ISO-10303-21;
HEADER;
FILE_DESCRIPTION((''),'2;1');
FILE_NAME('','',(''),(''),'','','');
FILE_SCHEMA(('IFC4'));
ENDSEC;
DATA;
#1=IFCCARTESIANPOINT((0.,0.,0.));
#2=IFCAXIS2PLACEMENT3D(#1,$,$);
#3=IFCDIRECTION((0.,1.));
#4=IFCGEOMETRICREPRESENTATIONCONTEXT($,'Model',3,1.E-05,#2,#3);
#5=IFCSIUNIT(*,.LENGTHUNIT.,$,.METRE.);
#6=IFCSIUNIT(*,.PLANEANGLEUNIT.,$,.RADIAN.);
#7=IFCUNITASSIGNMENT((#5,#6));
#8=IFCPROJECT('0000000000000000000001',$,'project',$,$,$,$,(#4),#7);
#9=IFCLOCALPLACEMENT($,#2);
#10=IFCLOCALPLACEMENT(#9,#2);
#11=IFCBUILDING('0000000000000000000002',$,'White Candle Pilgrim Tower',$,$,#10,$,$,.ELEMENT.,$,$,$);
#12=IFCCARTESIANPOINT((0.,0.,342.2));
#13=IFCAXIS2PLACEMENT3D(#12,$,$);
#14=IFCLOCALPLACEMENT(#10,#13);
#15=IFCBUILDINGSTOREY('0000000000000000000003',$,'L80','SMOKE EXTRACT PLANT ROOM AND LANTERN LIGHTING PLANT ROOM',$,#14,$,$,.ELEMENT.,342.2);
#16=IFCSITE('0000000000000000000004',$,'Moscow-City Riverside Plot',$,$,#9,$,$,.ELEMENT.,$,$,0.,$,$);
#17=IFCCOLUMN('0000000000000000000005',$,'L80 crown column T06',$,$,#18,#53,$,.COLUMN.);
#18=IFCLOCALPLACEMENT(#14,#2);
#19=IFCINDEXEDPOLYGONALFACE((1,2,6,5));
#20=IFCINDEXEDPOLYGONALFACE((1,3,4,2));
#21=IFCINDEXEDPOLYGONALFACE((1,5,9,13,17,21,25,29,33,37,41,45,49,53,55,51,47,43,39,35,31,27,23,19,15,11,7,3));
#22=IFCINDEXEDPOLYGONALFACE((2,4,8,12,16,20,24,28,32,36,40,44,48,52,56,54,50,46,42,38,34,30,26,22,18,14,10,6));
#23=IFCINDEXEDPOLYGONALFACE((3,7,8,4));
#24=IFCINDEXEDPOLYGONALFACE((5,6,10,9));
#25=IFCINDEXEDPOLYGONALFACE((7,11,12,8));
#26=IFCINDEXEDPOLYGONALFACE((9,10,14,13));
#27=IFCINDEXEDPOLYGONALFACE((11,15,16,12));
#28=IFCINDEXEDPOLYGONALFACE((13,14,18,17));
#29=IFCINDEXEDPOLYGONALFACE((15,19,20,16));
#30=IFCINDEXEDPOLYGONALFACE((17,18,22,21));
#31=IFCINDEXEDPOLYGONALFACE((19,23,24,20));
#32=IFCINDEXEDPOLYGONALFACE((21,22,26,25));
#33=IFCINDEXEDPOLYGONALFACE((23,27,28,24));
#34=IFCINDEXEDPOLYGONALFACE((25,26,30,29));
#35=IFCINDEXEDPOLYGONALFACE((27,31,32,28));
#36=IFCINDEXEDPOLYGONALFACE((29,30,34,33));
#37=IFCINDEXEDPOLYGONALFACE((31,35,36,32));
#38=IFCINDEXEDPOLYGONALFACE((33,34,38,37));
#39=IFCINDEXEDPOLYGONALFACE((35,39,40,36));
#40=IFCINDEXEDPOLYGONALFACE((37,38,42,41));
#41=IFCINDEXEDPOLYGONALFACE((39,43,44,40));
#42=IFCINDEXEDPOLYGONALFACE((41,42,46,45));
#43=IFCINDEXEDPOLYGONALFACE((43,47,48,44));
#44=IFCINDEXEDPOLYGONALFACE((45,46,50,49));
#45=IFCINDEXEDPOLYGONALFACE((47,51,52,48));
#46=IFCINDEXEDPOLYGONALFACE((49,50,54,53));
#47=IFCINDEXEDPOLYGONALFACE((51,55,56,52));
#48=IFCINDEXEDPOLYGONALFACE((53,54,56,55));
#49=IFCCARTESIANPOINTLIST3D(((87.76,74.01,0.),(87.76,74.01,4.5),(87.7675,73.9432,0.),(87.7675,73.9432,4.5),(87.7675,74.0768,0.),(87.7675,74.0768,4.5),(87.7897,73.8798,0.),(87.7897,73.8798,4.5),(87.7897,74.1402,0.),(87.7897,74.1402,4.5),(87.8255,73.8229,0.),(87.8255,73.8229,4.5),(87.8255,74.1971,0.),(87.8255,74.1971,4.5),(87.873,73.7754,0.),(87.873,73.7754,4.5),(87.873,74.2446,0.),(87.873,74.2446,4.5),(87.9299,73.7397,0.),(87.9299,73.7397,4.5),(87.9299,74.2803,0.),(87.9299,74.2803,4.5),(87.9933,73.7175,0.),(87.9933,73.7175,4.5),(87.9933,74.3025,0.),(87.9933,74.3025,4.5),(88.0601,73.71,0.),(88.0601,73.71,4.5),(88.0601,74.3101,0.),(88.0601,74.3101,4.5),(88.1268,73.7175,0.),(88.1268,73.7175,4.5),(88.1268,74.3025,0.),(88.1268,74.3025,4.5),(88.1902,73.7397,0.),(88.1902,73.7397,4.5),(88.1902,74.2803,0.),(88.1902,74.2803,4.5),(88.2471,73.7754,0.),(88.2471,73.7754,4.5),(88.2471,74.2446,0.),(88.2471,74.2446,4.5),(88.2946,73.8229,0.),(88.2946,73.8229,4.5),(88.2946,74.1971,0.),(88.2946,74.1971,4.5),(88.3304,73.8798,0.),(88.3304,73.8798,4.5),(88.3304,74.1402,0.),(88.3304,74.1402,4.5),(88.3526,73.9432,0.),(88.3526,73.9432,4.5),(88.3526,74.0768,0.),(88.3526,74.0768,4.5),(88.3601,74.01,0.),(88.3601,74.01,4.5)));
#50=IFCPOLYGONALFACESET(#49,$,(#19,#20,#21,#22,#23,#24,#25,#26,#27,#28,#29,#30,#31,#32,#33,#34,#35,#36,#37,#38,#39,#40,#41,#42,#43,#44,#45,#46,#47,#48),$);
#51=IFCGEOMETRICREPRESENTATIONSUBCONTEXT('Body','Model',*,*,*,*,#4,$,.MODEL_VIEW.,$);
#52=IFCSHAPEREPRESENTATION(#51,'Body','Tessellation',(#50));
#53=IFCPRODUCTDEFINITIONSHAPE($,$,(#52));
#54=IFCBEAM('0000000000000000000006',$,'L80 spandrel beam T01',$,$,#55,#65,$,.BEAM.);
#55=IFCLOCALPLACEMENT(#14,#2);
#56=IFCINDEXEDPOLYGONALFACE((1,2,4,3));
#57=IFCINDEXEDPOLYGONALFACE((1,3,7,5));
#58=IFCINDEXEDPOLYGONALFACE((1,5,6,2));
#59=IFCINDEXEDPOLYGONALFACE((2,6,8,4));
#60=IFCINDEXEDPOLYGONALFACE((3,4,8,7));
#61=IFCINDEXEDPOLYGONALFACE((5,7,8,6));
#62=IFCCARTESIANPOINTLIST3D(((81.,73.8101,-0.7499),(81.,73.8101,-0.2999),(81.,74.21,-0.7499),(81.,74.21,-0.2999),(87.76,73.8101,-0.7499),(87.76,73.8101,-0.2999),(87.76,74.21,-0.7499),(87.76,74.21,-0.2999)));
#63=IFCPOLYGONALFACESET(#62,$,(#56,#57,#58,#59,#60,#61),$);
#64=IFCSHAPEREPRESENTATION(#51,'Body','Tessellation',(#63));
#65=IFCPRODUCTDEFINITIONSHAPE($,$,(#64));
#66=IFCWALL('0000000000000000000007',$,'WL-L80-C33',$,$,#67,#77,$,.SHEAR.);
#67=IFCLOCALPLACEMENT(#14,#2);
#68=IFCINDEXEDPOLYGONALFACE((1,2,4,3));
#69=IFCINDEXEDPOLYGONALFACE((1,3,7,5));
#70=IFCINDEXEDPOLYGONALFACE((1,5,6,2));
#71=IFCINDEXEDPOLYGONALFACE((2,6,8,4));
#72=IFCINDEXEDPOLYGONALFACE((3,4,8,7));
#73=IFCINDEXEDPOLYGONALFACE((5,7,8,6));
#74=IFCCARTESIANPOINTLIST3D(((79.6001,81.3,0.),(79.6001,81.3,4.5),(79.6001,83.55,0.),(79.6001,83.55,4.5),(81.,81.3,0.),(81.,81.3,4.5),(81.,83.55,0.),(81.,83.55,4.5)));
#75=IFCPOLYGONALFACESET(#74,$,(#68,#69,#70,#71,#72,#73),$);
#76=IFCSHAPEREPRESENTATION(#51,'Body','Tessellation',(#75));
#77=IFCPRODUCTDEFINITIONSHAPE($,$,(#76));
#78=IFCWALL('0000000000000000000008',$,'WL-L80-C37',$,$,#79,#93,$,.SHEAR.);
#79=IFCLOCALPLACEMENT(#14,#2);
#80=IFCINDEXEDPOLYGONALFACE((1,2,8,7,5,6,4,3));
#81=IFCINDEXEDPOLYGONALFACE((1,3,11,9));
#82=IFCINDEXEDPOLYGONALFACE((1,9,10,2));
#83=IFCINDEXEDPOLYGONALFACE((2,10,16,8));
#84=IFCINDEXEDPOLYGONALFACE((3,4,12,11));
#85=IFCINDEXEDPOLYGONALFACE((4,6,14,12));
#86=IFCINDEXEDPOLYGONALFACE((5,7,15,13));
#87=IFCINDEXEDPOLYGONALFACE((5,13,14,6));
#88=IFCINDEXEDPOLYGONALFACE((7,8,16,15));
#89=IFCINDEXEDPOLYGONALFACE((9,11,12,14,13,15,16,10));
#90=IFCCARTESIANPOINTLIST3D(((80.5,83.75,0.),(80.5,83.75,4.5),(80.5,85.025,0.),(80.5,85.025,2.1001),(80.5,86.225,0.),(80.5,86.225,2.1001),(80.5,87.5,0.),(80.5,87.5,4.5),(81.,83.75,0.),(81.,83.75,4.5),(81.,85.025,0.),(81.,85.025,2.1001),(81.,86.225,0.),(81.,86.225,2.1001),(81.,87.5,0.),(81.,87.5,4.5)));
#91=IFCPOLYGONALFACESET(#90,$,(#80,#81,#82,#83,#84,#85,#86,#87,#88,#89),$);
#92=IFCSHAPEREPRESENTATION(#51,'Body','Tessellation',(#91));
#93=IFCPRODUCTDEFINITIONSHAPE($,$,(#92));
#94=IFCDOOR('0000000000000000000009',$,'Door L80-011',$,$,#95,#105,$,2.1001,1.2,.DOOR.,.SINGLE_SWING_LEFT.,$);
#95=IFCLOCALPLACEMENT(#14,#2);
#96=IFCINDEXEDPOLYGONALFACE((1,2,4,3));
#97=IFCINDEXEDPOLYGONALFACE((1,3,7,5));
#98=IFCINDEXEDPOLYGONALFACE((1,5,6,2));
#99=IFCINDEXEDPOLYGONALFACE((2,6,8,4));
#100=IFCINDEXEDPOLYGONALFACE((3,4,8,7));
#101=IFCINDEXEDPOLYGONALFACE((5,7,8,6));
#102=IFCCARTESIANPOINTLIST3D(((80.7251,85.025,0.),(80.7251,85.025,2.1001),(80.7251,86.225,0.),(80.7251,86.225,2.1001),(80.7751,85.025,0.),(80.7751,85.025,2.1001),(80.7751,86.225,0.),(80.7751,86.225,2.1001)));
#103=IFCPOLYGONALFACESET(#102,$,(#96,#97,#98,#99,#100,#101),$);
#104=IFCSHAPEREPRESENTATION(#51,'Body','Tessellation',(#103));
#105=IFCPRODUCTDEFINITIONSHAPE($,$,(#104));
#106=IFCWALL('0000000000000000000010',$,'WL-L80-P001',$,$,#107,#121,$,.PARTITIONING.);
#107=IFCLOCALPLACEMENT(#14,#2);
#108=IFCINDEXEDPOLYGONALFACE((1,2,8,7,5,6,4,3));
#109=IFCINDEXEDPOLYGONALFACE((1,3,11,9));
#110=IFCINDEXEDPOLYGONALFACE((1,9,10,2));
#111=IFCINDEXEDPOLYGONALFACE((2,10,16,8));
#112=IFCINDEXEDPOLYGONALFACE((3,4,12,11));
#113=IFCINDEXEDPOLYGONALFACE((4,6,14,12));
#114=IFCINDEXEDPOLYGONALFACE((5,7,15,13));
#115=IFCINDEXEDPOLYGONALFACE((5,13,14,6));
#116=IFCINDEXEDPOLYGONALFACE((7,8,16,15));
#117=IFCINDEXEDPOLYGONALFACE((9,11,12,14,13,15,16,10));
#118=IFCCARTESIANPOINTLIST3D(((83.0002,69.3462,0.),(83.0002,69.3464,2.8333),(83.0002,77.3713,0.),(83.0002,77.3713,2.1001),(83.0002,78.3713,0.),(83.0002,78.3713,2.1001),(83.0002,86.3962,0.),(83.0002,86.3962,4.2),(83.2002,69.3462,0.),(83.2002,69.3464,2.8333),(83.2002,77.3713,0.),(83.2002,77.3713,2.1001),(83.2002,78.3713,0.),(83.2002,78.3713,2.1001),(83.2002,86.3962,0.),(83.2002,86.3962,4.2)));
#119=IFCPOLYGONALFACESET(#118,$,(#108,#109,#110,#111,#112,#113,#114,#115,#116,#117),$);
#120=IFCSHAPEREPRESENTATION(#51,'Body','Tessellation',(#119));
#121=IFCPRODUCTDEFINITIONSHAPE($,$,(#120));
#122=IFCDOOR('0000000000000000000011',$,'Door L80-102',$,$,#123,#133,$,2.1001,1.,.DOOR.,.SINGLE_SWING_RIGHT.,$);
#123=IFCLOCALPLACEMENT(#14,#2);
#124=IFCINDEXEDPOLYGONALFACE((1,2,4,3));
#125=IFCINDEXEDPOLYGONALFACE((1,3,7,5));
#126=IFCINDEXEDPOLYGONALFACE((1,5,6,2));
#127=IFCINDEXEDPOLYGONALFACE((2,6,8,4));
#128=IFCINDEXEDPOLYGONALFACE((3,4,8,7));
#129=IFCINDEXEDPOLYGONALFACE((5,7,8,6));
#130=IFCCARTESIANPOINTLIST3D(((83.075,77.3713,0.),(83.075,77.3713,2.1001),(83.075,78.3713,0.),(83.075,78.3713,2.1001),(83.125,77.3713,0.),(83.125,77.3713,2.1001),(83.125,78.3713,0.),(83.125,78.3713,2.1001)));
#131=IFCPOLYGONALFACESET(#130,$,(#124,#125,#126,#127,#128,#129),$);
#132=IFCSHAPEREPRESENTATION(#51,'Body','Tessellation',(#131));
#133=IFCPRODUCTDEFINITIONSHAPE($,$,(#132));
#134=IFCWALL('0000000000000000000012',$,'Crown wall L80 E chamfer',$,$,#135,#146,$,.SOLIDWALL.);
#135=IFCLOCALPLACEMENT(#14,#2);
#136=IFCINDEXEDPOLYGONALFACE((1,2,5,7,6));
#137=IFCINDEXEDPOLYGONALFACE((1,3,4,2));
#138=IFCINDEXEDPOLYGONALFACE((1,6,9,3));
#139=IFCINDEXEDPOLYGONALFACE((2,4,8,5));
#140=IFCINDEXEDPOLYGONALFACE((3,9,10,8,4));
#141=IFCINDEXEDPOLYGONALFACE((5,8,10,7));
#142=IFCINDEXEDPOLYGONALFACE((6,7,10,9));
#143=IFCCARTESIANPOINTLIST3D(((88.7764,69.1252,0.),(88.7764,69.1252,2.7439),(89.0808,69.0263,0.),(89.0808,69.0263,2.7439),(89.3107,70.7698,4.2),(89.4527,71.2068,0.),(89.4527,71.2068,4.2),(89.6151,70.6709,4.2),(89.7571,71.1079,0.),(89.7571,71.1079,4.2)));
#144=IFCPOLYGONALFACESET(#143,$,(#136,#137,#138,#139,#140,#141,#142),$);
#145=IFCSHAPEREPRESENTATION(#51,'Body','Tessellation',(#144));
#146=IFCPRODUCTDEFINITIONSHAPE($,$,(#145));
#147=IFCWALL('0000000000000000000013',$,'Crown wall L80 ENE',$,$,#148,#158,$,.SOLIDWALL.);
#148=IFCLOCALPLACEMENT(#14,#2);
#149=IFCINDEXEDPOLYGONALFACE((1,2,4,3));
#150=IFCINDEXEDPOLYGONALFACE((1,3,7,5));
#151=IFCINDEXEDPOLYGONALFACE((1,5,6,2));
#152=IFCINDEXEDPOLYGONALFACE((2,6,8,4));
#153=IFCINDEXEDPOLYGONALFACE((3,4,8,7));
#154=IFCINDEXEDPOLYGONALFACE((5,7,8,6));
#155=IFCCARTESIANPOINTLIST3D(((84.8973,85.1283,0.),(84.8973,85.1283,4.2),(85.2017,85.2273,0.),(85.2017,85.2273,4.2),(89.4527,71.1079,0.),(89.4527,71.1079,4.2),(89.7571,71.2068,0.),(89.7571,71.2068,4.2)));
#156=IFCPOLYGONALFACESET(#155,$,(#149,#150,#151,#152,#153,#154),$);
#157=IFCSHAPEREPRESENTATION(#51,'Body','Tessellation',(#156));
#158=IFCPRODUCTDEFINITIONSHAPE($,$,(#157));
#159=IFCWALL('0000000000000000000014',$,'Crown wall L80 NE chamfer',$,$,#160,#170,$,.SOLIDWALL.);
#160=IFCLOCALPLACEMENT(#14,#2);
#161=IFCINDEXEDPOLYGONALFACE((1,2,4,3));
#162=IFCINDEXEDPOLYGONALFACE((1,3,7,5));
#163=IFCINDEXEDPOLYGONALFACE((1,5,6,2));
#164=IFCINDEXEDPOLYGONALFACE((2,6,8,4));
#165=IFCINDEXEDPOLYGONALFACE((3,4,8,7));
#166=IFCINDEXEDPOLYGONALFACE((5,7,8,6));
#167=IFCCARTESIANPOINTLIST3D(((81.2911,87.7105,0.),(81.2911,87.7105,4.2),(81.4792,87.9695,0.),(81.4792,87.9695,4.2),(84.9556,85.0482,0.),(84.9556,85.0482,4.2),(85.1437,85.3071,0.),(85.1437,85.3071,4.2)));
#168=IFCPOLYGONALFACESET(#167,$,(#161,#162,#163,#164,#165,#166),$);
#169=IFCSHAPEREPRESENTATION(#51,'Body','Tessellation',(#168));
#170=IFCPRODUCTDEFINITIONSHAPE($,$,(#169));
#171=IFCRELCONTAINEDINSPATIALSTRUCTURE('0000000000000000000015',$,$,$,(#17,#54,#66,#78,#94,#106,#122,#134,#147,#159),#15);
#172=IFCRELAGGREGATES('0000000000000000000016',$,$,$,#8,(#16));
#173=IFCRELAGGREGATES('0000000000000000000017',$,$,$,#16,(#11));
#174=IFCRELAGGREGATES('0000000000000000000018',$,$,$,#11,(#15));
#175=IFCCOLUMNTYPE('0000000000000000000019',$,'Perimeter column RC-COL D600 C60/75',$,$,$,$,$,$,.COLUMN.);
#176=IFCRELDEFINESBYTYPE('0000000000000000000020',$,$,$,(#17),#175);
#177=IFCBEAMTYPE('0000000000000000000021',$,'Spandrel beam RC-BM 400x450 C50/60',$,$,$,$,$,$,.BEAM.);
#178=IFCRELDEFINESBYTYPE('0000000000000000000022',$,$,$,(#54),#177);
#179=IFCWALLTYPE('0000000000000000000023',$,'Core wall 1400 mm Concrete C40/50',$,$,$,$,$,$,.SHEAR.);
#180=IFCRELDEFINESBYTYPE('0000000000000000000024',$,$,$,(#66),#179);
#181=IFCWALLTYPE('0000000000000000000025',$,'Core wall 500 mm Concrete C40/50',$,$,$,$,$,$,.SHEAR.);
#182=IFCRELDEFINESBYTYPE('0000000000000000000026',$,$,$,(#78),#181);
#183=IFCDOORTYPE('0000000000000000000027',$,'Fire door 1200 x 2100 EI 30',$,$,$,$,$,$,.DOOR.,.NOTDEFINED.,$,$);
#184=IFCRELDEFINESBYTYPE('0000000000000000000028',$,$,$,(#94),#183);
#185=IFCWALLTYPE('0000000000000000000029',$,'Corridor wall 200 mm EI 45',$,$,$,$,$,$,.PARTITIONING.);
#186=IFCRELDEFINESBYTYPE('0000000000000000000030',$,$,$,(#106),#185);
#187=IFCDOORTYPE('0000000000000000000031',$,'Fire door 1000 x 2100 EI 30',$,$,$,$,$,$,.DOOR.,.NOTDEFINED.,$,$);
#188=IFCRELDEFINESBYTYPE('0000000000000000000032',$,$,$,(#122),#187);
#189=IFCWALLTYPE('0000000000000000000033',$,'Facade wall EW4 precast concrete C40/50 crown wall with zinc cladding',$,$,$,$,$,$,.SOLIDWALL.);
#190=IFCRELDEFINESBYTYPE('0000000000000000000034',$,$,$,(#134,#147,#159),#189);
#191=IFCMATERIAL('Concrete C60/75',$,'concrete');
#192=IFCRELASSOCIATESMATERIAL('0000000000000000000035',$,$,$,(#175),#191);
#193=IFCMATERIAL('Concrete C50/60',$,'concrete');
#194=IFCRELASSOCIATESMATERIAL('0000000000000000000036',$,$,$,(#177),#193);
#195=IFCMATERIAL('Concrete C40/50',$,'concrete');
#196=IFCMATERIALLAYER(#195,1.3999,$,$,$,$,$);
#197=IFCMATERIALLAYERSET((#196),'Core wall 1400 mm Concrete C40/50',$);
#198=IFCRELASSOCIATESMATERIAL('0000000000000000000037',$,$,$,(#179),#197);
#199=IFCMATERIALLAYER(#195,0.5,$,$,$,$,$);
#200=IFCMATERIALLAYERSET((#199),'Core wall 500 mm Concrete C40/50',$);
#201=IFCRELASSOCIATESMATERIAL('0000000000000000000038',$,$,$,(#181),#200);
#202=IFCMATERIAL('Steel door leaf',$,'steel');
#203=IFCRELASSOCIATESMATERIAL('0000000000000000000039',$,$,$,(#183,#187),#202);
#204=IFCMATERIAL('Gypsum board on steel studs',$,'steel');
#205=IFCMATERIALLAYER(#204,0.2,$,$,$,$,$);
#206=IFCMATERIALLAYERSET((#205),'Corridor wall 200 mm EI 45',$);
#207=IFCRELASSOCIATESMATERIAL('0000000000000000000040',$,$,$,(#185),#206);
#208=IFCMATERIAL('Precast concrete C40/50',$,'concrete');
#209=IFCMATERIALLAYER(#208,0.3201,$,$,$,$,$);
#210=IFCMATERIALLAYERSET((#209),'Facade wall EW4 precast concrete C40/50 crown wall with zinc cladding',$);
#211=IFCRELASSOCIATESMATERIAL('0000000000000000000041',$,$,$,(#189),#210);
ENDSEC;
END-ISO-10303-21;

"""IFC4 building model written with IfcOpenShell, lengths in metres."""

from ifc_helpers import new_model, si_unit, direction, frame, frame_2d, origin, origin_2d, place, context, subcontext, project, spatial, polyline, rectangle, circle, outline, extrude, material, layer, layer_set, material_profile, profile_set, type_object, element, fill, save


model = new_model("IFC4")

# Units and contexts
model_context = context("Model", 3, precision=1e-05, world=origin(), true_north=direction((0.0, 1.0)))
body_context = subcontext(model_context, "Body", "Model", "MODEL_VIEW")
ifc_project = project(units=[si_unit("LENGTHUNIT", "METRE"), si_unit("PLANEANGLEUNIT", "RADIAN")], contexts=[model_context])

# Site, building, storey
site_placement = place(None, origin())
site = spatial("IfcSite", under=ifc_project, at=site_placement, Name="Moscow-City Riverside Plot", CompositionType="ELEMENT", RefElevation=0.0)
building_placement = place(site_placement, origin())
building = spatial("IfcBuilding", under=site, at=building_placement, Name="White Candle Pilgrim Tower", CompositionType="ELEMENT")
storey_placement = place(building_placement, frame((0.0, 0.0, 342.2)))
storey = spatial("IfcBuildingStorey", under=building, at=storey_placement, Name="L80", Description="SMOKE EXTRACT PLANT ROOM AND LANTERN LIGHTING PLANT ROOM", CompositionType="ELEMENT", Elevation=342.2)

# Column
ifc_material_1 = material(Name="Concrete C60/75", Category="concrete")
ifc_material_profile_1 = material_profile(ifc_material_1, circle(Radius=0.3, at=origin_2d()), Name="RC-COL D600")
ifc_profile_set_1 = profile_set([ifc_material_profile_1], Name="Concrete C60/75")
column_type = type_object("IfcColumnType", Name="Perimeter column RC-COL D600 C60/75", PredefinedType="COLUMN", material=ifc_profile_set_1)
column_placement = place(storey_placement, frame((88.0601, 74.01, 0.0), z_axis=(0.0, 0.0, 1.0), x_axis=(1.0, 0.0, 0.0)))
element("IfcColumn", 1, at=column_placement, inside=storey, type_object=column_type, Name="L80 crown column T06", PredefinedType="COLUMN", context=body_context, shape_type="SweptSolid", body=[
    extrude(circle(Radius=0.3, at=origin_2d()), origin(), (0.0, 0.0, 1.0), 4.5),
])

# Beam
ifc_material_2 = material(Name="Concrete C50/60", Category="concrete")
ifc_material_profile_2 = material_profile(ifc_material_2, rectangle(XDim=0.3999, YDim=0.45, at=origin_2d()), Name="RC-BM 400x450")
ifc_profile_set_2 = profile_set([ifc_material_profile_2], Name="Concrete C50/60")
beam_type = type_object("IfcBeamType", Name="Spandrel beam RC-BM 400x450 C50/60", PredefinedType="BEAM", material=ifc_profile_set_2)
beam_placement = place(storey_placement, frame((87.76, 74.01, -0.5249), z_axis=(-1.0, 0.0, 0.0), x_axis=(0.0, -1.0, 0.0)))
element("IfcBeam", 2, at=beam_placement, inside=storey, type_object=beam_type, Name="L80 spandrel beam T01", PredefinedType="BEAM", context=body_context, shape_type="SweptSolid", body=[
    extrude(rectangle(XDim=0.3999, YDim=0.45, at=origin_2d()), origin(), (0.0, 0.0, 1.0), 6.76),
])

# Wall
ifc_material_3 = material(Name="Concrete C40/50", Category="concrete")
ifc_layer_1 = layer(ifc_material_3, 1.3999)
ifc_layer_set_1 = layer_set([ifc_layer_1], Name="Core wall 1400 mm Concrete C40/50")
wall_type_1 = type_object("IfcWallType", Name="Core wall 1400 mm Concrete C40/50", PredefinedType="SHEAR", material=ifc_layer_set_1)
wall_1_placement = place(storey_placement, frame((80.3, 81.3, 0.0), z_axis=(0.0, 0.0, 1.0), x_axis=(0.0, 1.0, 0.0)))
element("IfcWall", 3, at=wall_1_placement, inside=storey, type_object=wall_type_1, Name="WL-L80-C33", PredefinedType="SHEAR", context=body_context, shape_type="SweptSolid", body=[
    extrude(rectangle(XDim=2.25, YDim=1.3999, at=frame_2d((1.125, 0.0))), origin(), (0.0, 0.0, 1.0), 4.5),
])

# Walls, openings, doors
ifc_layer_2 = layer(ifc_material_3, 0.5)
ifc_layer_set_2 = layer_set([ifc_layer_2], Name="Core wall 500 mm Concrete C40/50")
wall_type_2 = type_object("IfcWallType", Name="Core wall 500 mm Concrete C40/50", PredefinedType="SHEAR", material=ifc_layer_set_2)
wall_2_placement = place(storey_placement, frame((80.75, 83.75, 0.0), z_axis=(0.0, 0.0, 1.0), x_axis=(0.0, 1.0, 0.0)))
wall_2 = element("IfcWall", 4, at=wall_2_placement, inside=storey, type_object=wall_type_2, Name="WL-L80-C37", PredefinedType="SHEAR", context=body_context, shape_type="SweptSolid", body=[
    extrude(rectangle(XDim=3.75, YDim=0.5, at=frame_2d((1.875, 0.0))), origin(), (0.0, 0.0, 1.0), 4.5),
])
opening_1_placement = place(wall_2_placement, frame((1.2749, 0.0, 0.0)))
opening_1 = element("IfcOpeningElement", 5, at=opening_1_placement, cuts=wall_2, PredefinedType="OPENING", context=body_context, shape_type="SweptSolid", body=[
    extrude(rectangle(XDim=1.2, YDim=2.1001, at=frame_2d((0.6001, 1.05))), frame((0.0, 0.26, 0.0), z_axis=(0.0, -1.0, 0.0), x_axis=(1.0, 0.0, 0.0)), (0.0, 0.0, 1.0), 0.52),
])
ifc_material_4 = material(Name="Steel door leaf", Category="steel")
door_type_1 = type_object("IfcDoorType", Name="Fire door 1200 x 2100 EI 30", OperationType="NOTDEFINED", PredefinedType="DOOR", material=ifc_material_4)
door_1_placement = place(opening_1_placement, origin())
door_1 = element("IfcDoor", 6, at=door_1_placement, inside=storey, type_object=door_type_1, Name="Door L80-011", OperationType="SINGLE_SWING_LEFT", OverallHeight=2.1001, OverallWidth=1.2, PredefinedType="DOOR", context=body_context, shape_type="SweptSolid", body=[
    extrude(rectangle(XDim=1.2, YDim=2.1001, at=frame_2d((0.6001, 1.05))), frame((0.0, 0.0249, 0.0), z_axis=(0.0, -1.0, 0.0), x_axis=(1.0, 0.0, 0.0)), (0.0, 0.0, 1.0), 0.05),
])
fill(opening_1, door_1)
ifc_material_5 = material(Name="Gypsum board on steel studs", Category="steel")
ifc_layer_3 = layer(ifc_material_5, 0.2)
ifc_layer_set_3 = layer_set([ifc_layer_3], Name="Corridor wall 200 mm EI 45")
wall_type_3 = type_object("IfcWallType", Name="Corridor wall 200 mm EI 45", PredefinedType="PARTITIONING", material=ifc_layer_set_3)
wall_3_placement = place(storey_placement, frame((83.1001, 86.3962, 0.0), z_axis=(0.0, 0.0, 1.0), x_axis=(0.0, -1.0, 0.0)))
wall_3 = element("IfcWall", 7, at=wall_3_placement, inside=storey, type_object=wall_type_3, Name="WL-L80-P001", PredefinedType="PARTITIONING", context=body_context, shape_type="SweptSolid", body=[
    extrude(outline(polyline([(0.0, 0.0), (17.05, 0.0), (17.0498, 2.8333), (0.0, 4.2), (0.0, 0.0)])), frame((0.0, 0.1001, 0.0), z_axis=(0.0, -1.0, 0.0), x_axis=(1.0, 0.0, 0.0)), (0.0, 0.0, 1.0), 0.2),
])
opening_2_placement = place(wall_3_placement, frame((8.0249, 0.0, 0.0)))
opening_2 = element("IfcOpeningElement", 8, at=opening_2_placement, cuts=wall_3, PredefinedType="OPENING", context=body_context, shape_type="SweptSolid", body=[
    extrude(rectangle(XDim=1.0, YDim=2.1001, at=frame_2d((0.5, 1.05))), frame((0.0, 0.1099, 0.0), z_axis=(0.0, -1.0, 0.0), x_axis=(1.0, 0.0, 0.0)), (0.0, 0.0, 1.0), 0.22),
])
door_type_2 = type_object("IfcDoorType", Name="Fire door 1000 x 2100 EI 30", OperationType="NOTDEFINED", PredefinedType="DOOR", material=ifc_material_4)
door_2_placement = place(opening_2_placement, origin())
door_2 = element("IfcDoor", 9, at=door_2_placement, inside=storey, type_object=door_type_2, Name="Door L80-102", OperationType="SINGLE_SWING_RIGHT", OverallHeight=2.1001, OverallWidth=1.0, PredefinedType="DOOR", context=body_context, shape_type="SweptSolid", body=[
    extrude(rectangle(XDim=1.0, YDim=2.1001, at=frame_2d((0.5, 1.05))), frame((0.0, 0.0249, 0.0), z_axis=(0.0, -1.0, 0.0), x_axis=(1.0, 0.0, 0.0)), (0.0, 0.0, 1.0), 0.05),
])
fill(opening_2, door_2)

# Walls
ifc_material_6 = material(Name="Precast concrete C40/50", Category="concrete")
ifc_layer_4 = layer(ifc_material_6, 0.3201)
ifc_layer_set_4 = layer_set([ifc_layer_4], Name="Facade wall EW4 precast concrete C40/50 crown wall with zinc cladding")
wall_type_4 = type_object("IfcWallType", Name="Facade wall EW4 precast concrete C40/50 crown wall with zinc cladding", PredefinedType="SOLIDWALL", material=ifc_layer_set_4)
wall_4_placement = place(storey_placement, frame((88.9287, 69.0757, 0.0), z_axis=(0.0, 0.0, 1.0), x_axis=(0.30899, 0.951065, 0.0)))
element("IfcWall", 10, at=wall_4_placement, inside=storey, type_object=wall_type_4, Name="Crown wall L80 E chamfer", PredefinedType="SOLIDWALL", context=body_context, shape_type="SweptSolid", body=[
    extrude(outline(polyline([(0.0, 0.0), (2.1887, 0.0), (2.1887, 4.2), (1.7292, 4.2), (0.0, 2.7439), (0.0, 0.0)])), frame((0.0, 0.1602, 0.0), z_axis=(0.0, -1.0, 0.0), x_axis=(1.0, 0.0, 0.0)), (0.0, 0.0, 1.0), 0.3201),
])
wall_5_placement = place(storey_placement, frame((89.605, 71.1572, 0.0), z_axis=(0.0, 0.0, 1.0), x_axis=(-0.30901, 0.951059, 0.0)))
element("IfcWall", 11, at=wall_5_placement, inside=storey, type_object=wall_type_4, Name="Crown wall L80 ENE", PredefinedType="SOLIDWALL", context=body_context, shape_type="SweptSolid", body=[
    extrude(rectangle(XDim=14.7419, YDim=0.3201, at=frame_2d((7.3711, 0.0))), origin(), (0.0, 0.0, 1.0), 4.2),
])
wall_6_placement = place(storey_placement, frame((85.0496, 85.1777, 0.0), z_axis=(0.0, 0.0, 1.0), x_axis=(-0.809027, 0.587771, 0.0)))
element("IfcWall", 12, at=wall_6_placement, inside=storey, type_object=wall_type_4, Name="Crown wall L80 NE chamfer", PredefinedType="SOLIDWALL", context=body_context, shape_type="SweptSolid", body=[
    extrude(rectangle(XDim=4.5295, YDim=0.3201, at=frame_2d((2.2646, 0.0))), origin(), (0.0, 0.0, 1.0), 4.2),
])

save(model, "model.ifc")
